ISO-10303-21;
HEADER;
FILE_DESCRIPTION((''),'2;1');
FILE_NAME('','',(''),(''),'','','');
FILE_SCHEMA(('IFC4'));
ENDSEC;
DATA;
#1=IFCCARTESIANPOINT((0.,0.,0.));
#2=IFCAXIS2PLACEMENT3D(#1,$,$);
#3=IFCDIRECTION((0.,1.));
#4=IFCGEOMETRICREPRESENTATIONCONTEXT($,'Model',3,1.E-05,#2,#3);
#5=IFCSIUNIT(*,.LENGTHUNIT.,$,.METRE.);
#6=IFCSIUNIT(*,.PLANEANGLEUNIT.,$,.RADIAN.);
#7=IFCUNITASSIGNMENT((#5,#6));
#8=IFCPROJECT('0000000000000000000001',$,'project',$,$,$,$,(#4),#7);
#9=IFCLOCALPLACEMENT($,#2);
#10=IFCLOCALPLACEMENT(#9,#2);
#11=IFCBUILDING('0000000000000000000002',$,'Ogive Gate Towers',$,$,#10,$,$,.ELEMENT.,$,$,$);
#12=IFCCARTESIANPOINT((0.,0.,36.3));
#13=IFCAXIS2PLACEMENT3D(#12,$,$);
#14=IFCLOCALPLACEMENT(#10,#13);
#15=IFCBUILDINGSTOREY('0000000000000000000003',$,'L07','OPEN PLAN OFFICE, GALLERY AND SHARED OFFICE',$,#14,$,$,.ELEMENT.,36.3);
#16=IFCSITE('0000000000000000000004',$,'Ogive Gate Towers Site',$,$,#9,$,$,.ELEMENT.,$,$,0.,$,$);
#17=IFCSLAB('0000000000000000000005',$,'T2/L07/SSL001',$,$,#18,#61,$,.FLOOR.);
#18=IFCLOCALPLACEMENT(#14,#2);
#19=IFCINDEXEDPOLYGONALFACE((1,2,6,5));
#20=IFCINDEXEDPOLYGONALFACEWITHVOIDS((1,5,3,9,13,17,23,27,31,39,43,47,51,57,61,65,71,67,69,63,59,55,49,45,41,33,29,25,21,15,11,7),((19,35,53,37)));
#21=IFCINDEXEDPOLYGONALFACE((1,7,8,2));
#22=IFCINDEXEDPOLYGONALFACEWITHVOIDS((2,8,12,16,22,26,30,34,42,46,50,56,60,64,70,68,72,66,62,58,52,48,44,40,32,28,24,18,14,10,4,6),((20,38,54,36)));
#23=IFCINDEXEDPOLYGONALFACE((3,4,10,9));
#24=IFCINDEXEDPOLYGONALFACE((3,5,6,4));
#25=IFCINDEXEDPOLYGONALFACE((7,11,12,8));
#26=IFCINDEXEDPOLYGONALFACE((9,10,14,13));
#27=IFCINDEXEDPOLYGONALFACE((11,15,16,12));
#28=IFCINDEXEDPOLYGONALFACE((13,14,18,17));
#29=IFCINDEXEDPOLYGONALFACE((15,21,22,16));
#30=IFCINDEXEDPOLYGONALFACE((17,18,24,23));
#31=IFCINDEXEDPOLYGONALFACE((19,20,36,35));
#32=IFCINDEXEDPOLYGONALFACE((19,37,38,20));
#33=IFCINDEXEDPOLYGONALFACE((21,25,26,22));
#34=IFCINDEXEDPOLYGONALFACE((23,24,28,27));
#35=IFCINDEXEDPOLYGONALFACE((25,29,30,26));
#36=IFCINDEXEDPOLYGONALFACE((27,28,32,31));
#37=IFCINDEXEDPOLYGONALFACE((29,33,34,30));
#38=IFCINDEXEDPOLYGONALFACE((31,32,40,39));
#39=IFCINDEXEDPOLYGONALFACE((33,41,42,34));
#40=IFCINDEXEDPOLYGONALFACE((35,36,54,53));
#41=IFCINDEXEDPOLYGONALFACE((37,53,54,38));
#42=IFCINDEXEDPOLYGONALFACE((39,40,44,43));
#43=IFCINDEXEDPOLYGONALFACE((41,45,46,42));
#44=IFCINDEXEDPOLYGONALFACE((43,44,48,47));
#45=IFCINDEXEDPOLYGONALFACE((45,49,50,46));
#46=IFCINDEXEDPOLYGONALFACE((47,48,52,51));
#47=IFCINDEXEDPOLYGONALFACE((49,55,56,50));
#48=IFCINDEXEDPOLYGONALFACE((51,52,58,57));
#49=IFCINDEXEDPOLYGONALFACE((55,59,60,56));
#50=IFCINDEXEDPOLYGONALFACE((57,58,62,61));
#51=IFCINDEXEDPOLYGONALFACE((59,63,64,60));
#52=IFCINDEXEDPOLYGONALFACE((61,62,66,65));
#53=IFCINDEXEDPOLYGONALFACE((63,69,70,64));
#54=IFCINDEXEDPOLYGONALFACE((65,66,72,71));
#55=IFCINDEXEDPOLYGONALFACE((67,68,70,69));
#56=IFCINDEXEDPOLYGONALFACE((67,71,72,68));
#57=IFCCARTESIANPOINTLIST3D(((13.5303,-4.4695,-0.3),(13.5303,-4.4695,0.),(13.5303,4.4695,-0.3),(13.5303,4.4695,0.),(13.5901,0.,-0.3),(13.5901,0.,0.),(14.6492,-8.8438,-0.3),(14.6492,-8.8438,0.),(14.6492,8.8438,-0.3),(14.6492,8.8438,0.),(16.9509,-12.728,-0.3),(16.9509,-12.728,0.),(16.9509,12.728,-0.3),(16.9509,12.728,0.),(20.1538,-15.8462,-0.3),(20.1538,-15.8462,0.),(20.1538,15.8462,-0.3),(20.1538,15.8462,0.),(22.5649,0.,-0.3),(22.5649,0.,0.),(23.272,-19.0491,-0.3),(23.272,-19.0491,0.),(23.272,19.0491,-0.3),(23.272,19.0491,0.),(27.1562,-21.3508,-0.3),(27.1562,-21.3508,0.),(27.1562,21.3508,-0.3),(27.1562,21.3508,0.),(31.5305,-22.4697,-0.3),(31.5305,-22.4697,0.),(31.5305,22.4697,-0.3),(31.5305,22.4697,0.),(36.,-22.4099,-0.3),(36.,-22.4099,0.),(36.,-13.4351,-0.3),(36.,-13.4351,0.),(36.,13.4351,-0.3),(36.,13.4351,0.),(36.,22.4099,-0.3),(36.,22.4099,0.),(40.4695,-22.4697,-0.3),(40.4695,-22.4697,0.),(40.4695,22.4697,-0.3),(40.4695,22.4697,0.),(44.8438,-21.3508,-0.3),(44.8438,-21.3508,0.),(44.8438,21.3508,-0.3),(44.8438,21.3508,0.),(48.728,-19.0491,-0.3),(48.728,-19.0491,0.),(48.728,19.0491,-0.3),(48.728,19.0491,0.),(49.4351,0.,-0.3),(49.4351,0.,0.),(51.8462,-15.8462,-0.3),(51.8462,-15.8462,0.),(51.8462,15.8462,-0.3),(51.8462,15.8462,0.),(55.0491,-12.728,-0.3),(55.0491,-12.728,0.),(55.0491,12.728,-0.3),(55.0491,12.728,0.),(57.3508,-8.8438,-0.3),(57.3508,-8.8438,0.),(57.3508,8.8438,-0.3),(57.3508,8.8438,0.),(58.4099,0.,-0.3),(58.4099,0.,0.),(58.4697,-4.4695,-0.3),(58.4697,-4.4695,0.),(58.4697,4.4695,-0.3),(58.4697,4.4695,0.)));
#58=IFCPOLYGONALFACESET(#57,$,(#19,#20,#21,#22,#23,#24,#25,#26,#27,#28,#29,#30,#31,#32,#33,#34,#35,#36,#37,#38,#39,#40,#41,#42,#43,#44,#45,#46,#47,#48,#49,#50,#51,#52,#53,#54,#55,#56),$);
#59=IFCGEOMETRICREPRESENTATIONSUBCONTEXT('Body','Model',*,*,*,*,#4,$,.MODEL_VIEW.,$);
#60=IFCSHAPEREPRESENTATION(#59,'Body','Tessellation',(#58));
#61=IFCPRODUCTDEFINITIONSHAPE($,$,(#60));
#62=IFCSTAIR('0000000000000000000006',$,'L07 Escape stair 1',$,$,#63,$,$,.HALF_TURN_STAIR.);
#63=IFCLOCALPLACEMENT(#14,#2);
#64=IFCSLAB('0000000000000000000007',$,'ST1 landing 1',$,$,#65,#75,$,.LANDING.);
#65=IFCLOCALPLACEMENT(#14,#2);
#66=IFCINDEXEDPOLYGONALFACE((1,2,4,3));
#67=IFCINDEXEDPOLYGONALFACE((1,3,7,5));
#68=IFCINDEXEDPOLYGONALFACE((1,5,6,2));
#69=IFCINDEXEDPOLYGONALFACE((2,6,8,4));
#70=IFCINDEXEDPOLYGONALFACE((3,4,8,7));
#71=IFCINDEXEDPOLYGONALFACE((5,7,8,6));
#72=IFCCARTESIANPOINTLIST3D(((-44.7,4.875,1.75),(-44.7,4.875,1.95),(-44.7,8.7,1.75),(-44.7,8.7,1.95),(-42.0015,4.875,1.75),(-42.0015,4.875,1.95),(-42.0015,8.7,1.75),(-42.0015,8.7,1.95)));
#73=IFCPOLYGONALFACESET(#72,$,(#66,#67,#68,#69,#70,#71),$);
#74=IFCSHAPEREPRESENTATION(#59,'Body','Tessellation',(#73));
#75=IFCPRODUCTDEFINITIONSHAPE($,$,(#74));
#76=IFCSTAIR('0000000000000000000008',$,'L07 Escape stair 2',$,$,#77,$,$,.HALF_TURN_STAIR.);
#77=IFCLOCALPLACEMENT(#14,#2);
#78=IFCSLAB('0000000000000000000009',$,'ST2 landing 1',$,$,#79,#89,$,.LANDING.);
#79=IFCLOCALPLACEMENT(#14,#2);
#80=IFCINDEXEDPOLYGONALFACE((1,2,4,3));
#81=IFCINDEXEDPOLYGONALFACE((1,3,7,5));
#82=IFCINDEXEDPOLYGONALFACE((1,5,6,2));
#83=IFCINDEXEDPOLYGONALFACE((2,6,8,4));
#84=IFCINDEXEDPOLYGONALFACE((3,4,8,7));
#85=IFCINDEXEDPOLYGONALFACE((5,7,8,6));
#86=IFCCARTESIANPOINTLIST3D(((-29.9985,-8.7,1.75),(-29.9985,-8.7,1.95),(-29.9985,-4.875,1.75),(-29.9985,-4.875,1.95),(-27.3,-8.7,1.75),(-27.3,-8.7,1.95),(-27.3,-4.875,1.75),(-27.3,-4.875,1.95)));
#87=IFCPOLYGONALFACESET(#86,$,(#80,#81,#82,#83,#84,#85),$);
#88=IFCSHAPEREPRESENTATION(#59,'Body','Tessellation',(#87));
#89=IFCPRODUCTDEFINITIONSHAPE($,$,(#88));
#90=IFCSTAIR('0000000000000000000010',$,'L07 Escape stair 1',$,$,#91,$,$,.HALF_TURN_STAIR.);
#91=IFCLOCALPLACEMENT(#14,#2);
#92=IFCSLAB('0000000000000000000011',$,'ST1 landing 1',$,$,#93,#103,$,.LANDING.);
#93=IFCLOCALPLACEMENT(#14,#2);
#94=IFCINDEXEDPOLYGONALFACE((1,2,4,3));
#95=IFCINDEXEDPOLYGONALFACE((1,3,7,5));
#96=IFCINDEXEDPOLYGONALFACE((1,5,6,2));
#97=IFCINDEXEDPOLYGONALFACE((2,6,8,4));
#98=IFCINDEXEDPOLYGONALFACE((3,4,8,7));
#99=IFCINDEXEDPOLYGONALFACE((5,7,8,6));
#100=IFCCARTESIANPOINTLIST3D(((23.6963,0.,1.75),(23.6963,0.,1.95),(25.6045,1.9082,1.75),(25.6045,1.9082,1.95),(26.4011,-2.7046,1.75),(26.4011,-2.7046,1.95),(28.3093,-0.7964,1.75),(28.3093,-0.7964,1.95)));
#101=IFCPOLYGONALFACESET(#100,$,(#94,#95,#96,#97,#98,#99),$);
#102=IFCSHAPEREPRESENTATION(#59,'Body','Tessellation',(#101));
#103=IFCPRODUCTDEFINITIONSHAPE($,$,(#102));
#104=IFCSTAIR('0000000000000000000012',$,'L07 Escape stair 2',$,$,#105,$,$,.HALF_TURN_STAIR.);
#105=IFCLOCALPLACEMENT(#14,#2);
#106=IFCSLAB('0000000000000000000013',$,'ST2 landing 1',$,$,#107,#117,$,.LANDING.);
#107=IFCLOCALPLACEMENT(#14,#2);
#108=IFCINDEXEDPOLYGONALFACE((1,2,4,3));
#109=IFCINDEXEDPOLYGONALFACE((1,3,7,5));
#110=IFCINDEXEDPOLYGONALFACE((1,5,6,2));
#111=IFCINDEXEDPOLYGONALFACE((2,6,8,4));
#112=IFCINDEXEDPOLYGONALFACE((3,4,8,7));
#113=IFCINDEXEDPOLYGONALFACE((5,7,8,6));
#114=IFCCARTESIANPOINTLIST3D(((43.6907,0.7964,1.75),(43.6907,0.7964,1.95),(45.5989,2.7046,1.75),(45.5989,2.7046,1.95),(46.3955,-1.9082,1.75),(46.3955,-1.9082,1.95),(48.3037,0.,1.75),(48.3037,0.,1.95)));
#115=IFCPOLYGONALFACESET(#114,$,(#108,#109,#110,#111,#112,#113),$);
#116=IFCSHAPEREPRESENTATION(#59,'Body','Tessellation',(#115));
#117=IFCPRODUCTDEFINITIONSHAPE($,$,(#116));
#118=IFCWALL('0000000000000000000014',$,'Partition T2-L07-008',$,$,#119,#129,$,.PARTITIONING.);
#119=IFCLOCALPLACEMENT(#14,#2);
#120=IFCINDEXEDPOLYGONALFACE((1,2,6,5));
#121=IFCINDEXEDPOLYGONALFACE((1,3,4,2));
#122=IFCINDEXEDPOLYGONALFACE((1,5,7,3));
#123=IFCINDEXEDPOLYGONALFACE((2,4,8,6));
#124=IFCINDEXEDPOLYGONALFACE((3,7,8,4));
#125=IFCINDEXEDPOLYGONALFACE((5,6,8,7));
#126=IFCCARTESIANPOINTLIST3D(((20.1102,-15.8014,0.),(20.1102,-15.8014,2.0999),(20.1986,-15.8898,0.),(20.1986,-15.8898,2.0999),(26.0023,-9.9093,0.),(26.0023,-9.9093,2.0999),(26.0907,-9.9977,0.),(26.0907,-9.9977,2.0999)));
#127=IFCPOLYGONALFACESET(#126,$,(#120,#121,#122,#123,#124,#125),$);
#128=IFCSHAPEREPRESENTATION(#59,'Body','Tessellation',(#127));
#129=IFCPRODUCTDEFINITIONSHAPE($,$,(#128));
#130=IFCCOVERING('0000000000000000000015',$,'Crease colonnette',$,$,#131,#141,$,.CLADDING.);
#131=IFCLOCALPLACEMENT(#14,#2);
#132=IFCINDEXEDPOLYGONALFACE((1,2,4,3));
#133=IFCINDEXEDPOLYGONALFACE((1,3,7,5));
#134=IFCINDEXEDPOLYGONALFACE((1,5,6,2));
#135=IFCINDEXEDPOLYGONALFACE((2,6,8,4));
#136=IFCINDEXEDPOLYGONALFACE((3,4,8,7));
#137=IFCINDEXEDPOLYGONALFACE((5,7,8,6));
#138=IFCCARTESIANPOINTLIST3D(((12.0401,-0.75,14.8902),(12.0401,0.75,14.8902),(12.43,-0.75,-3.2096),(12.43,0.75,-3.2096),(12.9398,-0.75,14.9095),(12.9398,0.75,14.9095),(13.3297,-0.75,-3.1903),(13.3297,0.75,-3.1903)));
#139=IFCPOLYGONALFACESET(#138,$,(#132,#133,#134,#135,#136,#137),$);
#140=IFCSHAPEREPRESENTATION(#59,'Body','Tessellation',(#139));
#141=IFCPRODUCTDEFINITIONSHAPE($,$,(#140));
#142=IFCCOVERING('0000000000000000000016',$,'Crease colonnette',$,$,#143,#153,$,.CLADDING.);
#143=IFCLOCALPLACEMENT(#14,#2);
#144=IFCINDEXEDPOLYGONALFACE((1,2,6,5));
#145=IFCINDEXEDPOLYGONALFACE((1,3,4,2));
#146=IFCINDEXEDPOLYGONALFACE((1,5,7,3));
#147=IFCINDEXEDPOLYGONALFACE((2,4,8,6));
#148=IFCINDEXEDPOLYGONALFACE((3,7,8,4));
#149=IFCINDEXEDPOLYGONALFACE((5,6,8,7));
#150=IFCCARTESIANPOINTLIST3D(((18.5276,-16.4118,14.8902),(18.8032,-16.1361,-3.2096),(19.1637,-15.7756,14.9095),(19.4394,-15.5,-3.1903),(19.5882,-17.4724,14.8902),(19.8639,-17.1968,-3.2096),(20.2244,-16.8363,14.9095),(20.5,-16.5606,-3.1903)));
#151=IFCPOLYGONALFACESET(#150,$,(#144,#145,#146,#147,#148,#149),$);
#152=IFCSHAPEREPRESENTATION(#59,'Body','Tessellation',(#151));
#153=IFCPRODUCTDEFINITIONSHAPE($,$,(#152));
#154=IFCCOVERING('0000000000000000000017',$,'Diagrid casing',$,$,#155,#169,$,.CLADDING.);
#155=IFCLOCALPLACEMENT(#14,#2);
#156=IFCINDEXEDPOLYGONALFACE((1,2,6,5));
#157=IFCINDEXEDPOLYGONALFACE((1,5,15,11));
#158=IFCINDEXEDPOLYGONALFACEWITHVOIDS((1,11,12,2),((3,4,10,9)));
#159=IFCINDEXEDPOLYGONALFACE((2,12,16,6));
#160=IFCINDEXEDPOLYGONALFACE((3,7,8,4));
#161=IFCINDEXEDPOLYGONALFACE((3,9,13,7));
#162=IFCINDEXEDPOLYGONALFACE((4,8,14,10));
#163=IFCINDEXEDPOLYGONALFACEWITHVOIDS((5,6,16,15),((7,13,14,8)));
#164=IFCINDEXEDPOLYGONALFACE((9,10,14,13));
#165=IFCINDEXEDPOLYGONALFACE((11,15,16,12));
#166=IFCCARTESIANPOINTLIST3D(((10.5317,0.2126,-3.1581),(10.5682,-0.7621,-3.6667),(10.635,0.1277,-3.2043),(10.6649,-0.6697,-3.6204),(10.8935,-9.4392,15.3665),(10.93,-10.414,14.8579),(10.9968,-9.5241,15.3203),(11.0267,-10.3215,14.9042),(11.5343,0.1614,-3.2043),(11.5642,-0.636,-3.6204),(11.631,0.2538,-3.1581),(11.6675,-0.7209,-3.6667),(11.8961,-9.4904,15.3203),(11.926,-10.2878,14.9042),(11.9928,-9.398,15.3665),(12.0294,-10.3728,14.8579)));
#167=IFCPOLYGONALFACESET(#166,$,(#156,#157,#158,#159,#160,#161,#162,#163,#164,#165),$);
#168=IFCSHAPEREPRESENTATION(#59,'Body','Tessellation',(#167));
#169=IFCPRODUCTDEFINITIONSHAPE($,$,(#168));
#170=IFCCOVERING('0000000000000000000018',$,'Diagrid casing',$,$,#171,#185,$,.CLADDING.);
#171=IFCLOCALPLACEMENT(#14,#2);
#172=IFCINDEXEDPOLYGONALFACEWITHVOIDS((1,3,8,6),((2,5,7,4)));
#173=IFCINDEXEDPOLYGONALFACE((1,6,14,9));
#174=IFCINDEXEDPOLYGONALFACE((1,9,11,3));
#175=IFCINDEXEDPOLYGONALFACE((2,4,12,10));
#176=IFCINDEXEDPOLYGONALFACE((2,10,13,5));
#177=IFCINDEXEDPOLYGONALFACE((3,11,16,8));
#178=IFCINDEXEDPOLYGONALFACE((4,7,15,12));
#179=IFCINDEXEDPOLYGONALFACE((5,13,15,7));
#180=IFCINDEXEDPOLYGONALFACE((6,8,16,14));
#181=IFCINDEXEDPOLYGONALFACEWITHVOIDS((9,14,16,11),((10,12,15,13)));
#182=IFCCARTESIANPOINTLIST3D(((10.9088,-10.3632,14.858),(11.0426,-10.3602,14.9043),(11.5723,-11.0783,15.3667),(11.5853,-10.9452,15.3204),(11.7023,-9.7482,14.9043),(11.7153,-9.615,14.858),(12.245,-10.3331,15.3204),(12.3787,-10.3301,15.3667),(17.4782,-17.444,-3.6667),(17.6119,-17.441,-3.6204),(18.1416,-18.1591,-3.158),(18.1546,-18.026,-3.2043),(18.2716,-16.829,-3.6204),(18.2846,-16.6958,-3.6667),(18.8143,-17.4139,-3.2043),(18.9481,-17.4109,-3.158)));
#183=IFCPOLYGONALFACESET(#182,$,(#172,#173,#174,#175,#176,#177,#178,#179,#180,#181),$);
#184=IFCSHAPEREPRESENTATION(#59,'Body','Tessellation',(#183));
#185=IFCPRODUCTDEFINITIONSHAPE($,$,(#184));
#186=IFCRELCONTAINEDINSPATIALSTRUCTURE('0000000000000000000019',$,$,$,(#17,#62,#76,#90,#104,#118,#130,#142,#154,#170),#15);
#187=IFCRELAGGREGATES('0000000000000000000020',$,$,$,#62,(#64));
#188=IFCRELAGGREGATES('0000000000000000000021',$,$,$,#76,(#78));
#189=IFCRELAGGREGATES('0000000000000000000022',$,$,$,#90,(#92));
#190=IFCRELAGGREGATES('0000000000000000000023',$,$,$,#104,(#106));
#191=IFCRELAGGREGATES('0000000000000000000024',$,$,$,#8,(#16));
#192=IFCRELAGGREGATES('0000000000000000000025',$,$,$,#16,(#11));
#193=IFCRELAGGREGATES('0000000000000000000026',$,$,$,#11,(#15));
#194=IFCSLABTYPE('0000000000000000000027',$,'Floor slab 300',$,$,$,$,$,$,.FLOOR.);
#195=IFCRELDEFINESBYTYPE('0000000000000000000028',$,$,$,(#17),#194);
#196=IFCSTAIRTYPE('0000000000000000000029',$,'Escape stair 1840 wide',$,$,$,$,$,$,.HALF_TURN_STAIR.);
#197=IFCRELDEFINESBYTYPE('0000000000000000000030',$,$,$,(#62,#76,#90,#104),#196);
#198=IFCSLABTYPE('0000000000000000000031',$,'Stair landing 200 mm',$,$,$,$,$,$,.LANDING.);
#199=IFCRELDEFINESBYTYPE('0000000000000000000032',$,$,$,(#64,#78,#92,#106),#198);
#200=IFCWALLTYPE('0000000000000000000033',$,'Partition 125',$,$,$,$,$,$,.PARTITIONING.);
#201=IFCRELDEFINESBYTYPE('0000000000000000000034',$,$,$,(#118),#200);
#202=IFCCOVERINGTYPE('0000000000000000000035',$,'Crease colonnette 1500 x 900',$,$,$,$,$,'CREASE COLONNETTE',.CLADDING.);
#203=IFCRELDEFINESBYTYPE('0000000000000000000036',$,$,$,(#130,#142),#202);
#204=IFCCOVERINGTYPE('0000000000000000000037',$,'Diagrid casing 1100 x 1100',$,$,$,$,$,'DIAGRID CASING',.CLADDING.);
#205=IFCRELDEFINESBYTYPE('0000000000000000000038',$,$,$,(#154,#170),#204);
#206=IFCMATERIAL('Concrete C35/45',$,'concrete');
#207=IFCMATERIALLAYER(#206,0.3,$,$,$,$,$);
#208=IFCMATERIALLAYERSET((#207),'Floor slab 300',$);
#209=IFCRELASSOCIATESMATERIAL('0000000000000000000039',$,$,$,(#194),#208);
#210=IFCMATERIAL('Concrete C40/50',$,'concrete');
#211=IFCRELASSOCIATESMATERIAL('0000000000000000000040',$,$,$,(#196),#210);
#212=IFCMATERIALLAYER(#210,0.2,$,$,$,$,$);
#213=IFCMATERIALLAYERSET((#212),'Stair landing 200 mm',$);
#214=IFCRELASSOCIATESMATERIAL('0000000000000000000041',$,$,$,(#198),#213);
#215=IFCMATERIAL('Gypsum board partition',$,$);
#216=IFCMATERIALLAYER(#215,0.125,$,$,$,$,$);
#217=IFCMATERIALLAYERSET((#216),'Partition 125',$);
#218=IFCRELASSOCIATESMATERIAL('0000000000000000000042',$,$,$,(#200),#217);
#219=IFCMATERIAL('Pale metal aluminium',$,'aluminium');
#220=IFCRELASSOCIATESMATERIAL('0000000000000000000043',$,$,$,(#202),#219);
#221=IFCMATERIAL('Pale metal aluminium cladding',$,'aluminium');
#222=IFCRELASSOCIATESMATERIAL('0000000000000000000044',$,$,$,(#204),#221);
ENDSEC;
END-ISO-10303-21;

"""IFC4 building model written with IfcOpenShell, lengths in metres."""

from ifc_helpers import new_model, si_unit, direction, frame, frame_2d, origin, origin_2d, place, context, subcontext, project, spatial, polyline, rectangle, hollow_rectangle, outline, extrude, material, layer, layer_set, material_profile, profile_set, type_object, element, aggregate, save


model = new_model("IFC4")

# Units and contexts
model_context = context("Model", 3, precision=1e-05, world=origin(), true_north=direction((0.0, 1.0)))
body_context = subcontext(model_context, "Body", "Model", "MODEL_VIEW")
ifc_project = project(units=[si_unit("LENGTHUNIT", "METRE"), si_unit("PLANEANGLEUNIT", "RADIAN")], contexts=[model_context])

# Site, building, storey
site_placement = place(None, origin())
site = spatial("IfcSite", under=ifc_project, at=site_placement, Name="Ogive Gate Towers Site", CompositionType="ELEMENT", RefElevation=0.0)
building_placement = place(site_placement, origin())
building = spatial("IfcBuilding", under=site, at=building_placement, Name="Ogive Gate Towers", CompositionType="ELEMENT")
storey_placement = place(building_placement, frame((0.0, 0.0, 36.3)))
storey = spatial("IfcBuildingStorey", under=building, at=storey_placement, Name="L07", Description="OPEN PLAN OFFICE, GALLERY AND SHARED OFFICE", CompositionType="ELEMENT", Elevation=36.3)

# Slab
ifc_material_1 = material(Name="Concrete C40/50", Category="concrete")
ifc_material_2 = material(Name="Concrete C35/45", Category="concrete")
ifc_layer_1 = layer(ifc_material_2, 0.3)
ifc_layer_set_1 = layer_set([ifc_layer_1], Name="Floor slab 300")
slab_type_1 = type_object("IfcSlabType", Name="Floor slab 300", PredefinedType="FLOOR", material=ifc_layer_set_1)
slab_1_placement = place(storey_placement, frame((0.0, 0.0, -0.3)))
element("IfcSlab", 1, at=slab_1_placement, inside=storey, type_object=slab_type_1, Name="T2/L07/SSL001", PredefinedType="FLOOR", context=body_context, shape_type="SweptSolid", body=[
    extrude(outline(polyline([(58.4697, -4.4695), (58.4099, 0.0), (58.4697, 4.4695), (57.3508, 8.8438), (55.0491, 12.728), (51.8462, 15.8462), (48.728, 19.0491), (44.8438, 21.3508), (40.4695, 22.4697), (36.0, 22.4099), (31.5305, 22.4697), (27.1562, 21.3508), (23.272, 19.0491), (20.1538, 15.8462), (16.9509, 12.728), (14.6492, 8.8438), (13.5303, 4.4695), (13.5901, 0.0), (13.5303, -4.4695), (14.6492, -8.8438), (16.9509, -12.728), (20.1538, -15.8462), (23.272, -19.0491), (27.1562, -21.3508), (31.5305, -22.4697), (36.0, -22.4099), (40.4695, -22.4697), (44.8438, -21.3508), (48.728, -19.0491), (51.8462, -15.8462), (55.0491, -12.728), (57.3508, -8.8438), (58.4697, -4.4695)]), holes=[polyline([(49.4351, 0.0), (36.0, -13.4351), (22.5649, 0.0), (36.0, 13.4351), (49.4351, 0.0)])]), origin(), (0.0, 0.0, 1.0), 0.3),
])

# Stairs, slabs
stair_type = type_object("IfcStairType", Name="Escape stair 1840 wide", PredefinedType="HALF_TURN_STAIR", material=ifc_material_1)
stair_1_placement = place(storey_placement, origin())
stair_1 = element("IfcStair", 2, at=stair_1_placement, inside=storey, type_object=stair_type, Name="L07 Escape stair 1", PredefinedType="HALF_TURN_STAIR")
ifc_layer_2 = layer(ifc_material_1, 0.2)
ifc_layer_set_2 = layer_set([ifc_layer_2], Name="Stair landing 200 mm")
slab_type_2 = type_object("IfcSlabType", Name="Stair landing 200 mm", PredefinedType="LANDING", material=ifc_layer_set_2)
slab_2_placement = place(storey_placement, frame((0.0, 0.0, 1.75)))
slab_2 = element("IfcSlab", 3, at=slab_2_placement, type_object=slab_type_2, Name="ST1 landing 1", PredefinedType="LANDING", context=body_context, shape_type="SweptSolid", body=[
    extrude(outline(polyline([(-42.0015, 8.7), (-44.7, 8.7), (-44.7, 4.875), (-42.0015, 4.875), (-42.0015, 8.7)])), origin(), (0.0, 0.0, 1.0), 0.2),
])
aggregate(stair_1, [slab_2])
stair_2_placement = place(storey_placement, origin())
stair_2 = element("IfcStair", 4, at=stair_2_placement, inside=storey, type_object=stair_type, Name="L07 Escape stair 2", PredefinedType="HALF_TURN_STAIR")
slab_3_placement = place(storey_placement, frame((0.0, 0.0, 1.75)))
slab_3 = element("IfcSlab", 5, at=slab_3_placement, type_object=slab_type_2, Name="ST2 landing 1", PredefinedType="LANDING", context=body_context, shape_type="SweptSolid", body=[
    extrude(outline(polyline([(-29.9985, -8.7), (-27.3, -8.7), (-27.3, -4.875), (-29.9985, -4.875), (-29.9985, -8.7)])), origin(), (0.0, 0.0, 1.0), 0.2),
])
aggregate(stair_2, [slab_3])
stair_3_placement = place(storey_placement, origin())
stair_3 = element("IfcStair", 6, at=stair_3_placement, inside=storey, type_object=stair_type, Name="L07 Escape stair 1", PredefinedType="HALF_TURN_STAIR")
slab_4_placement = place(storey_placement, frame((0.0, 0.0, 1.75)))
slab_4 = element("IfcSlab", 7, at=slab_4_placement, type_object=slab_type_2, Name="ST1 landing 1", PredefinedType="LANDING", context=body_context, shape_type="SweptSolid", body=[
    extrude(outline(polyline([(25.6045, 1.9082), (23.6963, 0.0), (26.4011, -2.7046), (28.3093, -0.7964), (25.6045, 1.9082)])), origin(), (0.0, 0.0, 1.0), 0.2),
])
aggregate(stair_3, [slab_4])
stair_4_placement = place(storey_placement, origin())
stair_4 = element("IfcStair", 8, at=stair_4_placement, inside=storey, type_object=stair_type, Name="L07 Escape stair 2", PredefinedType="HALF_TURN_STAIR")
slab_5_placement = place(storey_placement, frame((0.0, 0.0, 1.75)))
slab_5 = element("IfcSlab", 9, at=slab_5_placement, type_object=slab_type_2, Name="ST2 landing 1", PredefinedType="LANDING", context=body_context, shape_type="SweptSolid", body=[
    extrude(outline(polyline([(46.3955, -1.9082), (48.3037, 0.0), (45.5989, 2.7046), (43.6907, 0.7964), (46.3955, -1.9082)])), origin(), (0.0, 0.0, 1.0), 0.2),
])
aggregate(stair_4, [slab_5])

# Wall
ifc_material_3 = material(Name="Gypsum board partition")
ifc_layer_3 = layer(ifc_material_3, 0.125)
ifc_layer_set_3 = layer_set([ifc_layer_3], Name="Partition 125")
wall_type = type_object("IfcWallType", Name="Partition 125", PredefinedType="PARTITIONING", material=ifc_layer_set_3)
wall_placement = place(storey_placement, frame((20.1543, -15.8457, 0.0), z_axis=(0.0, 0.0, 1.0), x_axis=(0.707107, 0.707107, 0.0)))
element("IfcWall", 10, at=wall_placement, inside=storey, type_object=wall_type, Name="Partition T2-L07-008", PredefinedType="PARTITIONING", context=body_context, shape_type="SweptSolid", body=[
    extrude(rectangle(XDim=8.3328, YDim=0.125, at=frame_2d((4.1665, 0.0))), origin(), (0.0, 0.0, 1.0), 2.0999),
])

# Coverings
ifc_material_4 = material(Name="Pale metal aluminium", Category="aluminium")
ifc_material_profile_1 = material_profile(ifc_material_4, rectangle(XDim=1.5, YDim=0.8999, at=origin_2d()), Name="1500 x 900 pale metal aluminium")
ifc_profile_set_1 = profile_set([ifc_material_profile_1], Name="Pale metal aluminium")
covering_type_1 = type_object("IfcCoveringType", Name="Crease colonnette 1500 x 900", ElementType="CREASE COLONNETTE", PredefinedType="CLADDING", material=ifc_profile_set_1)
for number, where, z_axis, x_axis, name in (
    (11, (12.8799, 0.0, -3.2), (-0.021536, 0.0, 0.999768), (0.0, -1.0, 0.0), "Crease colonnette"),
    (12, (19.6516, -16.3484, -3.2), (-0.015225, -0.015225, 0.999768), (0.707107, -0.707107, 0.0), "Crease colonnette"),
):
    element("IfcCovering", number, at=place(storey_placement, frame(where, z_axis=z_axis, x_axis=x_axis)), inside=storey, type_object=covering_type_1, Name=name, PredefinedType="CLADDING", context=body_context, shape_type="SweptSolid", body=[
        extrude(rectangle(XDim=1.5, YDim=0.8999, at=origin_2d()), origin(), (0.0, 0.0, 1.0), 18.104),
    ])
ifc_material_5 = material(Name="Pale metal aluminium cladding", Category="aluminium")
ifc_material_profile_2 = material_profile(ifc_material_5, hollow_rectangle(XDim=1.1001, YDim=1.1001, WallThickness=0.1001, at=origin_2d()), Name="1100 x 1100 pale metal casing")
ifc_profile_set_2 = profile_set([ifc_material_profile_2], Name="Pale metal aluminium cladding")
covering_type_2 = type_object("IfcCoveringType", Name="Diagrid casing 1100 x 1100", ElementType="DIAGRID CASING", PredefinedType="CLADDING", material=ifc_profile_set_2)
covering_placement = place(storey_placement, frame((11.0996, -0.2542, -3.4124), z_axis=(0.017319, -0.462001, 0.886711), x_axis=(0.999298, 0.03746, 0.0)))
element("IfcCovering", 13, at=covering_placement, inside=storey, type_object=covering_type_2, Name="Diagrid casing", PredefinedType="CLADDING", context=body_context, shape_type="SweptSolid", body=[
    extrude(hollow_rectangle(XDim=1.1001, YDim=1.1001, WallThickness=0.1001, at=origin_2d()), origin(), (0.0, 0.0, 1.0), 20.8914),
])
for number, where, z_axis, x_axis, name in (
    (14, (18.2131, -17.4275, -3.4124), (-0.314449, 0.338932, 0.886706), (-0.733088, -0.680134, 0.0), "Diagrid casing"),
):
    element("IfcCovering", number, at=place(storey_placement, frame(where, z_axis=z_axis, x_axis=x_axis)), inside=storey, type_object=covering_type_2, Name=name, PredefinedType="CLADDING", context=body_context, shape_type="SweptSolid", body=[
        extrude(hollow_rectangle(XDim=1.1001, YDim=1.1001, WallThickness=0.1001, at=origin_2d()), origin(), (0.0, 0.0, 1.0), 20.8916),
    ])

save(model, "model.ifc")
